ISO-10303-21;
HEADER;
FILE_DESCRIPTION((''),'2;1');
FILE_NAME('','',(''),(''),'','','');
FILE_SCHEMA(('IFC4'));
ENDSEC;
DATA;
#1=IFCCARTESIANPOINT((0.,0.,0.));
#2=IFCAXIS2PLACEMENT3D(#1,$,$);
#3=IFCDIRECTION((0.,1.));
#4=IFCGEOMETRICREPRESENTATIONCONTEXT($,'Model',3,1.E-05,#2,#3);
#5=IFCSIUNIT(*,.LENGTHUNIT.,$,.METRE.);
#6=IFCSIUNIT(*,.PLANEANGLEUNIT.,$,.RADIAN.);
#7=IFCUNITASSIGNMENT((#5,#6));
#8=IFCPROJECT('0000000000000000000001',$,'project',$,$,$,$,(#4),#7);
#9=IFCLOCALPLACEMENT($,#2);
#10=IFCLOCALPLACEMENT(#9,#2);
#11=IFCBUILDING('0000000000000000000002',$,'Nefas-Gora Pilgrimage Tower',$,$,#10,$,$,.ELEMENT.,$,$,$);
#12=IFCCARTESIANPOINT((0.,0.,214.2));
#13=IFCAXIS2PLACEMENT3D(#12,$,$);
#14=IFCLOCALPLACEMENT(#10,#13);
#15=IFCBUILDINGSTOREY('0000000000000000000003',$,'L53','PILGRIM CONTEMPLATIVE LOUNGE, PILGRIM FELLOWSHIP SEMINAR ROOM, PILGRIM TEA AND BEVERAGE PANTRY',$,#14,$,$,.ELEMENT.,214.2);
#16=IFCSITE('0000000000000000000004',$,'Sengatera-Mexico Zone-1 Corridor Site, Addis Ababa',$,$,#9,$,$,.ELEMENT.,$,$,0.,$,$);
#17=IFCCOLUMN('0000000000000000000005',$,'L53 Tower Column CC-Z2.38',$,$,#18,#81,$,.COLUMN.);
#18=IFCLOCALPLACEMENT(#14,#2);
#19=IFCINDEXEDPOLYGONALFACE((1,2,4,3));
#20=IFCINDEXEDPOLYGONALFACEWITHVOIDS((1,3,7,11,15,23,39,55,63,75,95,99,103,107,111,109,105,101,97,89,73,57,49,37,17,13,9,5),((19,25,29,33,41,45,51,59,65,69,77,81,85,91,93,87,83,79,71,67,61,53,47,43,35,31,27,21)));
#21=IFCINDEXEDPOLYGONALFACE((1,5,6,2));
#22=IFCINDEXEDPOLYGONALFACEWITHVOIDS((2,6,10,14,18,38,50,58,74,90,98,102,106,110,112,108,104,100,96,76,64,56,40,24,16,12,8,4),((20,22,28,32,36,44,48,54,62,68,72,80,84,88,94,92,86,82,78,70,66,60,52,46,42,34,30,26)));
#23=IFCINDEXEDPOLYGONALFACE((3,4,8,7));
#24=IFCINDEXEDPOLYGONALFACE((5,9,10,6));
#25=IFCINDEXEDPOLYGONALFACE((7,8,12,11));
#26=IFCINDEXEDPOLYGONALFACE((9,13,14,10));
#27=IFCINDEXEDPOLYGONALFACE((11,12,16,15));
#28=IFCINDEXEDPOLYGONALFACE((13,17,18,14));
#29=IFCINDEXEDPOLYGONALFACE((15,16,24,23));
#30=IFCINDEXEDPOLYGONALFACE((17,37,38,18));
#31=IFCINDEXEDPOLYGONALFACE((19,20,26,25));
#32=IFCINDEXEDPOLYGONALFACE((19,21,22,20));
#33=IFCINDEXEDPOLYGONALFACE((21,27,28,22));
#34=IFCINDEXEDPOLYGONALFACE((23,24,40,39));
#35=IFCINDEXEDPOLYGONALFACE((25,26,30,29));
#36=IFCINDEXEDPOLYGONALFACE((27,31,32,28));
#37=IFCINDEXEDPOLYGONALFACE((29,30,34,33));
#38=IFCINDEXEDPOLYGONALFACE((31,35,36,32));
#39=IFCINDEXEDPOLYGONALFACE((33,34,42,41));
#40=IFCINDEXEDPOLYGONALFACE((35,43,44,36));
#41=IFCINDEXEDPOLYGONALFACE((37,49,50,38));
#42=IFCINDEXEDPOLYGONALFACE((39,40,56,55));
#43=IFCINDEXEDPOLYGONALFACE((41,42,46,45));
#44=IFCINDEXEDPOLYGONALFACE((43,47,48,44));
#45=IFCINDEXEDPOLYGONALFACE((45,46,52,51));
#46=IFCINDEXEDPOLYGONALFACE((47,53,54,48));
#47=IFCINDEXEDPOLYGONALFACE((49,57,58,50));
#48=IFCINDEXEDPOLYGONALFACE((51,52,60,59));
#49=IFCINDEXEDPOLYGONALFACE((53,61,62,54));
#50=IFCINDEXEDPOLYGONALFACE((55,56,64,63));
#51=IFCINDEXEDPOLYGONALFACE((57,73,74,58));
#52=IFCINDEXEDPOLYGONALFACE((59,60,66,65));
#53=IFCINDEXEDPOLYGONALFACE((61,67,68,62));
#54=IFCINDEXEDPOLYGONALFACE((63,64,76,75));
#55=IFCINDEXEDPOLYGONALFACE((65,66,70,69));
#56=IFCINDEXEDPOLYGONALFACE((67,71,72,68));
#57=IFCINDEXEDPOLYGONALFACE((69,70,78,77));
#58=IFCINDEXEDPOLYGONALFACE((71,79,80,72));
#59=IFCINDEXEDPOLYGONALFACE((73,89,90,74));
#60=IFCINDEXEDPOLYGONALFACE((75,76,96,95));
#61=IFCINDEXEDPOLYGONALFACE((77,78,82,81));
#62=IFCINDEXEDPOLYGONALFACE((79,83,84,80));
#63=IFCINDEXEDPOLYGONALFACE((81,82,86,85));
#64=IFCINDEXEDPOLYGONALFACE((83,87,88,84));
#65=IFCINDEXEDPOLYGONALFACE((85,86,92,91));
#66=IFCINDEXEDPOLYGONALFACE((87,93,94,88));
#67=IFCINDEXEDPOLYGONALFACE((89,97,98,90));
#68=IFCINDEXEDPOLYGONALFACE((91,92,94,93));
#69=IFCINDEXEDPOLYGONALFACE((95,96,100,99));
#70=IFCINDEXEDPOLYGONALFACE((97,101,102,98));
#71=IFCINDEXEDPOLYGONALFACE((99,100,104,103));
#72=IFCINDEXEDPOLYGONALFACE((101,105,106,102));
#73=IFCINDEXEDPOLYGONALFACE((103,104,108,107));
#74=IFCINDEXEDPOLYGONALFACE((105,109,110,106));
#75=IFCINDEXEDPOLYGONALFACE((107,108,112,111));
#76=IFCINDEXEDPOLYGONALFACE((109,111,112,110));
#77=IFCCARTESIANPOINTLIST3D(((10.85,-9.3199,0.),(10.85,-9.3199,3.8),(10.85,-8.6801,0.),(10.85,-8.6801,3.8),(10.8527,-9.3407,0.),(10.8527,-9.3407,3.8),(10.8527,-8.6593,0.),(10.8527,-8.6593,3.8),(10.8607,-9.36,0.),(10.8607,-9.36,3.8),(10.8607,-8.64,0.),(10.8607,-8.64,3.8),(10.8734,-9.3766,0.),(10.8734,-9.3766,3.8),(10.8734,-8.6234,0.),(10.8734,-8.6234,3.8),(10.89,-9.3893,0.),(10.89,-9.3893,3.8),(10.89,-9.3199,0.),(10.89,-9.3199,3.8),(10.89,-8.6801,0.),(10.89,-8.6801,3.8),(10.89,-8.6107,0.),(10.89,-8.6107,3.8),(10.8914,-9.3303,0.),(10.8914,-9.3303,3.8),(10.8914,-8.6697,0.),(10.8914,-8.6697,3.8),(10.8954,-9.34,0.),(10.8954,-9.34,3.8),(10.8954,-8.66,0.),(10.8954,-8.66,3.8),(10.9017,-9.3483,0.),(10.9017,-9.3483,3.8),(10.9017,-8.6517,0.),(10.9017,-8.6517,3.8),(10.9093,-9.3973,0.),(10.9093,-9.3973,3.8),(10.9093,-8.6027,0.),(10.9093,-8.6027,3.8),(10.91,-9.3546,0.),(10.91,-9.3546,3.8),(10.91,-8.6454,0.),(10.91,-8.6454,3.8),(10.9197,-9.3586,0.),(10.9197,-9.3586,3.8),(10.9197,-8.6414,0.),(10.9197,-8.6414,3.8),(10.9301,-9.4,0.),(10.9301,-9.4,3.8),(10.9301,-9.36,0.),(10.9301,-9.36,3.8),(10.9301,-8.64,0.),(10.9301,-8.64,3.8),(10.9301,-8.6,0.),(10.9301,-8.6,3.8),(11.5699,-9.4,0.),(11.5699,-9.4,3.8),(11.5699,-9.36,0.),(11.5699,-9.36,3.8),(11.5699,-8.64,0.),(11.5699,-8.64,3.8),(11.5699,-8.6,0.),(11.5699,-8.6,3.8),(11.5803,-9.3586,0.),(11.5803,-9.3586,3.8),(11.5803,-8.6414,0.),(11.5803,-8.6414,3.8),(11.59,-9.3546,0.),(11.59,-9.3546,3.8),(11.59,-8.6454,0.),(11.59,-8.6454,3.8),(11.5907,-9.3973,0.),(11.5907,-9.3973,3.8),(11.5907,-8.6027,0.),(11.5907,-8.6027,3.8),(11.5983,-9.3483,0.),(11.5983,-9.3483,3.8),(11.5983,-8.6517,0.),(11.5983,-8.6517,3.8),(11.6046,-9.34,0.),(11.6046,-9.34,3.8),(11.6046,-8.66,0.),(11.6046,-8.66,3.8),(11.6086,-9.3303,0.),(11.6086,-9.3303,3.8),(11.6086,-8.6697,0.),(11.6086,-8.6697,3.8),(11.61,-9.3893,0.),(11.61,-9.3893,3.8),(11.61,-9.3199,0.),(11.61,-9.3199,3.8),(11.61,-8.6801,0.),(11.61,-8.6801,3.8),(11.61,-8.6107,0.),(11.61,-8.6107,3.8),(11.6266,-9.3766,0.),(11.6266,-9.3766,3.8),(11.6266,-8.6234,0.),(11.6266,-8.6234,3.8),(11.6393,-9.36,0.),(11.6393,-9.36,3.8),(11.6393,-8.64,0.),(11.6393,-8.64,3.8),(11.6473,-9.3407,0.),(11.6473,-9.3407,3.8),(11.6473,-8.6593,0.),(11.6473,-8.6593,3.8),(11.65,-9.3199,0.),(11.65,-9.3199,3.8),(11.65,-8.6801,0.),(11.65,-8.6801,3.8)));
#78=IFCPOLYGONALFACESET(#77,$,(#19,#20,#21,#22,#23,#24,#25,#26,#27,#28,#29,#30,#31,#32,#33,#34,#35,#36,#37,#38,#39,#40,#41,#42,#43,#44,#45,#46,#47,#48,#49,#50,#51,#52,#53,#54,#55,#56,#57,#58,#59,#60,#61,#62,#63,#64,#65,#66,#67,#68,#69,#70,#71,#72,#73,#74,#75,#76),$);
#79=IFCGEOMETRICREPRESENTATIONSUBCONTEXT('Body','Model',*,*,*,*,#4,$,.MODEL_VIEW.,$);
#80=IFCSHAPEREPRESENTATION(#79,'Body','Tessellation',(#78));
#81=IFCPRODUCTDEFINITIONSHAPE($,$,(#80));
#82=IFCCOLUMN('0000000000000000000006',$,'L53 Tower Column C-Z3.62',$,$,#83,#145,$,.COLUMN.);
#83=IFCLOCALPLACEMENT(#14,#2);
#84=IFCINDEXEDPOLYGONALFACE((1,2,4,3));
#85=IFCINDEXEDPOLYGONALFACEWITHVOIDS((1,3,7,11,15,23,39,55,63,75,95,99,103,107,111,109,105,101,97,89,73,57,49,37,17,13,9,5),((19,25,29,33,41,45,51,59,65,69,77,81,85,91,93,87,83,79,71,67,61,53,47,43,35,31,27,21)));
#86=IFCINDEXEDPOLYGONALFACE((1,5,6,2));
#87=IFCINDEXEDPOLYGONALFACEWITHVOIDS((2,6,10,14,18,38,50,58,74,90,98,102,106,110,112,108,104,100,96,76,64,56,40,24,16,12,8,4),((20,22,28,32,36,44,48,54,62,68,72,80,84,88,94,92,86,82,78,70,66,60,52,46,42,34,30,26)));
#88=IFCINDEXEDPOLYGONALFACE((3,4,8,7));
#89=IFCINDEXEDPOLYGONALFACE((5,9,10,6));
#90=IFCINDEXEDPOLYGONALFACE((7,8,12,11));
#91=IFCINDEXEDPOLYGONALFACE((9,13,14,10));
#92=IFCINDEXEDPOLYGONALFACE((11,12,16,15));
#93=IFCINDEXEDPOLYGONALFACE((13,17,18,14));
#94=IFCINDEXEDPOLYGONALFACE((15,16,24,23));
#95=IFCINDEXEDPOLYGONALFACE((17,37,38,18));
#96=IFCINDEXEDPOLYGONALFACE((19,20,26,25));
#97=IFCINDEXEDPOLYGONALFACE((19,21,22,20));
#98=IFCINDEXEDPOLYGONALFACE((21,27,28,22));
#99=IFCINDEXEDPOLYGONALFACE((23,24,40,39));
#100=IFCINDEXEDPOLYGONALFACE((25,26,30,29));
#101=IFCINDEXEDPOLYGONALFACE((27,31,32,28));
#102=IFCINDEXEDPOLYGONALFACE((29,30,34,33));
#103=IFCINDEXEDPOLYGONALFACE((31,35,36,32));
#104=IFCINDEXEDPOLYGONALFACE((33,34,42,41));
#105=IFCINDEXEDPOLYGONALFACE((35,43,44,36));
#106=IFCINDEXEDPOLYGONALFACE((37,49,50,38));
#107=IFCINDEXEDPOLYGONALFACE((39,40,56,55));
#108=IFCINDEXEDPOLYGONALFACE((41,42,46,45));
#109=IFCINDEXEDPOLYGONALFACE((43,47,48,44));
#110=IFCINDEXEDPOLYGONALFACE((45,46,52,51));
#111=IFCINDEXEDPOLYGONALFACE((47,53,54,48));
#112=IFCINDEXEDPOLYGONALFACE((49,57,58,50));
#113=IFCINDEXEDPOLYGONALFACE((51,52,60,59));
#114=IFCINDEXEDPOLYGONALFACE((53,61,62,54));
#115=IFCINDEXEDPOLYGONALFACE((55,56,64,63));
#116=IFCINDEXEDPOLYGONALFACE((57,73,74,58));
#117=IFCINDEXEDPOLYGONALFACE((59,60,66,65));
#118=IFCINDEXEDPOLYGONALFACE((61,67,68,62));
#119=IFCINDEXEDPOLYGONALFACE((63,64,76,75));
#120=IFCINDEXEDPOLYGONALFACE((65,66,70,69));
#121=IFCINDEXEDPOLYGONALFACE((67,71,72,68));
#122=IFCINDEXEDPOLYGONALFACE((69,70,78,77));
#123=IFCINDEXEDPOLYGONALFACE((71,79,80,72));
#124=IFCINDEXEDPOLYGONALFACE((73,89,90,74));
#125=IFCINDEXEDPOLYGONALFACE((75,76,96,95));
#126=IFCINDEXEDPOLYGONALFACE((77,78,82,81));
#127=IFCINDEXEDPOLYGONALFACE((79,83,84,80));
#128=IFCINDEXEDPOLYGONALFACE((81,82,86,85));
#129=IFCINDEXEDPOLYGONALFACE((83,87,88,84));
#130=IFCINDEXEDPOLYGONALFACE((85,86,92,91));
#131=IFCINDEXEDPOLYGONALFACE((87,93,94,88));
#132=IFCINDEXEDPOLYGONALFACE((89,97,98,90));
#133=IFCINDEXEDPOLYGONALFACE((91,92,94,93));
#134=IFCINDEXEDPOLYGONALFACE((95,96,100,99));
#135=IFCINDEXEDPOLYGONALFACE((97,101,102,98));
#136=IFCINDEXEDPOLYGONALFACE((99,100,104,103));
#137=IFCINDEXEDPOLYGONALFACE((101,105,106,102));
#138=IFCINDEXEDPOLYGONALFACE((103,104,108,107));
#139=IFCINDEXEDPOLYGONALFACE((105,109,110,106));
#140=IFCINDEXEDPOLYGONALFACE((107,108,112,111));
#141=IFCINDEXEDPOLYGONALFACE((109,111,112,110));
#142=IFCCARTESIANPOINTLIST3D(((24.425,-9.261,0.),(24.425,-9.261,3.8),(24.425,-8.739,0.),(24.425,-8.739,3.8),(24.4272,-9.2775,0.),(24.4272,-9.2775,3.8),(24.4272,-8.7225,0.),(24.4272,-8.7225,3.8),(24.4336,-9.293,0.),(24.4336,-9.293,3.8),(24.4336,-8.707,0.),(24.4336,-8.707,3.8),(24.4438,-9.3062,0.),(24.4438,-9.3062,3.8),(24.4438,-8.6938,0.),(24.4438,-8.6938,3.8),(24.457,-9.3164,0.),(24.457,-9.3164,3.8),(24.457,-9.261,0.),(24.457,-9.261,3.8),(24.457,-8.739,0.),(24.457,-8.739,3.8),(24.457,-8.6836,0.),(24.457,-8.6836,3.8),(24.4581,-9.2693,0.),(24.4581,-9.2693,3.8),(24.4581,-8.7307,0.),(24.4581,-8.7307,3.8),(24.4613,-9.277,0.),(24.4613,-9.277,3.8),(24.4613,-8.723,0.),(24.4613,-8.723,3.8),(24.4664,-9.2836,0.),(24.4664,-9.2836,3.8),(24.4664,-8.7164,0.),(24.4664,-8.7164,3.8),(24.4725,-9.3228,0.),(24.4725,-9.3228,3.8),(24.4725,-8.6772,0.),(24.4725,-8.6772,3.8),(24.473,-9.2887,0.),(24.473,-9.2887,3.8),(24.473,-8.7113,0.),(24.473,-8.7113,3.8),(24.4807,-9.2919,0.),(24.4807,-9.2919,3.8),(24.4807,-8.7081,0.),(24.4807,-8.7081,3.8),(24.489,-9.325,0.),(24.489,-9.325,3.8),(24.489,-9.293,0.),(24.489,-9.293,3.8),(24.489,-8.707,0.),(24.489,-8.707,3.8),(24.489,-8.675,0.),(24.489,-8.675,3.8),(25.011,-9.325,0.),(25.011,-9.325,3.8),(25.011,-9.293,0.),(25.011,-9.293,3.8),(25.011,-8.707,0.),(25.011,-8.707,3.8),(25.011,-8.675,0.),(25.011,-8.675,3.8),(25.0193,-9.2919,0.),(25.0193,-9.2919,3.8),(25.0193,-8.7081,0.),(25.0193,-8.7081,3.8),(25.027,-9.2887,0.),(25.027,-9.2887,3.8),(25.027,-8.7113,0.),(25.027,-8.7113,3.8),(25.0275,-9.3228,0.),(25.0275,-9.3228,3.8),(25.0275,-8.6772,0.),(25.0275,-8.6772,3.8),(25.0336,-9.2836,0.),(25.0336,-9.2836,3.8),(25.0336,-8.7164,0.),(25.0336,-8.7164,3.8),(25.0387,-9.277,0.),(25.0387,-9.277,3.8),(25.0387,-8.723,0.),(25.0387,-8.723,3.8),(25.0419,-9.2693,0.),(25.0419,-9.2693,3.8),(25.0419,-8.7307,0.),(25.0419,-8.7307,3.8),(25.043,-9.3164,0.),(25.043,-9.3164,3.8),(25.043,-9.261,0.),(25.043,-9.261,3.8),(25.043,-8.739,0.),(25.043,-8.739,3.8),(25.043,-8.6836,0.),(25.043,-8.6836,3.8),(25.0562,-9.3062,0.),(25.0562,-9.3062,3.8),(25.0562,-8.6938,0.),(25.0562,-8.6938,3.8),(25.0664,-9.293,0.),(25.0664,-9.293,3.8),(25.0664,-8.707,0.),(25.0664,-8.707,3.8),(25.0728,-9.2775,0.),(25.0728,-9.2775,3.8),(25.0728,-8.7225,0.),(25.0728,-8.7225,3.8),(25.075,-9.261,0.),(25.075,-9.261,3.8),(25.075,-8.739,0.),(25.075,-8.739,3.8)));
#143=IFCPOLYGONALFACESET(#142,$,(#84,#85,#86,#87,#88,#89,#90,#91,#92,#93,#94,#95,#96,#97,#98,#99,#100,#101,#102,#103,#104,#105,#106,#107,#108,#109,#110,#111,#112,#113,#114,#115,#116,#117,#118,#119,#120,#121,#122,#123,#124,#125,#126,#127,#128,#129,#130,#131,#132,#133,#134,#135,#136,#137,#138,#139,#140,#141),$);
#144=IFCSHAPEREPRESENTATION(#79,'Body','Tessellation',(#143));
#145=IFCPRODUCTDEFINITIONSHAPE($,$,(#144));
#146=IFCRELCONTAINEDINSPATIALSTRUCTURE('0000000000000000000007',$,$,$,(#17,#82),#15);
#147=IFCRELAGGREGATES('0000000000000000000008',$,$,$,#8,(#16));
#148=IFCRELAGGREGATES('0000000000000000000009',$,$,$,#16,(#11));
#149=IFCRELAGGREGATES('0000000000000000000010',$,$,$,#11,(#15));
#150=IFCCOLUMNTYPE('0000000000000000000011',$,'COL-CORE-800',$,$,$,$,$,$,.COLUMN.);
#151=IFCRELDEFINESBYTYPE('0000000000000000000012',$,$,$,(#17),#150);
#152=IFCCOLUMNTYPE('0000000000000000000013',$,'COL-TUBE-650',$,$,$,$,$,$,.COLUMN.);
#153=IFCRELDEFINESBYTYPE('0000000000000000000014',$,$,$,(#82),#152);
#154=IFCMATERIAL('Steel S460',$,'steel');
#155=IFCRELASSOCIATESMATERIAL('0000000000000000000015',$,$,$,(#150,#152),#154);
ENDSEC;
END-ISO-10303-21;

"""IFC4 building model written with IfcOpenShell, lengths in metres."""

from ifc_helpers import new_model, si_unit, direction, frame, origin, origin_2d, place, context, subcontext, project, spatial, hollow_rectangle, extrude, source, transform, mapped, material, material_profile, profile_set, type_object, element, save


model = new_model("IFC4")

# Units and contexts
model_context = context("Model", 3, precision=1e-05, world=origin(), true_north=direction((0.0, 1.0)))
body_context = subcontext(model_context, "Body", "Model", "MODEL_VIEW")
ifc_project = project(units=[si_unit("LENGTHUNIT", "METRE"), si_unit("PLANEANGLEUNIT", "RADIAN")], contexts=[model_context])

# Site, building, storey
site_placement = place(None, origin())
site = spatial("IfcSite", under=ifc_project, at=site_placement, Name="Sengatera-Mexico Zone-1 Corridor Site, Addis Ababa", CompositionType="ELEMENT", RefElevation=0.0)
building_placement = place(site_placement, origin())
building = spatial("IfcBuilding", under=site, at=building_placement, Name="Nefas-Gora Pilgrimage Tower", CompositionType="ELEMENT")
storey_placement = place(building_placement, frame((0.0, 0.0, 214.2)))
storey = spatial("IfcBuildingStorey", under=building, at=storey_placement, Name="L53", Description="PILGRIM CONTEMPLATIVE LOUNGE, PILGRIM FELLOWSHIP SEMINAR ROOM, PILGRIM TEA AND BEVERAGE PANTRY", CompositionType="ELEMENT", Elevation=214.2)

# Columns
ifc_material_1 = material(Name="Steel S460", Category="steel")
ifc_material_profile_1 = material_profile(ifc_material_1, hollow_rectangle(XDim=0.8, YDim=0.8, WallThickness=0.04, InnerFilletRadius=0.04, OuterFilletRadius=0.0801, at=origin_2d()), Name="BOX 800x800x40")
ifc_profile_set_1 = profile_set([ifc_material_profile_1], Name="Steel S460")
column_type_1 = type_object("IfcColumnType", Name="COL-CORE-800", PredefinedType="COLUMN", material=ifc_profile_set_1)
shared_shape_1 = source(origin(), body_context, "Body", "SweptSolid", [
    extrude(hollow_rectangle(XDim=0.8, YDim=0.8, WallThickness=0.04, InnerFilletRadius=0.04, OuterFilletRadius=0.0801, at=origin_2d()), origin(), (0.0, 0.0, 1.0), 3.8),
])
column_placement = place(storey_placement, frame((11.25, -9.0, 0.0), z_axis=(0.0, 0.0, 1.0), x_axis=(1.0, 0.0, 0.0)))
element("IfcColumn", 1, at=column_placement, inside=storey, type_object=column_type_1, Name="L53 Tower Column CC-Z2.38", PredefinedType="COLUMN", context=body_context, shape_type="MappedRepresentation", body=[
    mapped(shared_shape_1, transform((0.0, 0.0, 0.0), x_axis=(1.0, 0.0, 0.0), y_axis=(0.0, 1.0, 0.0), z_axis=(0.0, 0.0, 1.0), scale=1.0)),
])
ifc_material_profile_2 = material_profile(ifc_material_1, hollow_rectangle(XDim=0.6499, YDim=0.6499, WallThickness=0.032, InnerFilletRadius=0.032, OuterFilletRadius=0.064, at=origin_2d()), Name="BOX 650x650x32")
ifc_profile_set_2 = profile_set([ifc_material_profile_2], Name="Steel S460")
column_type_2 = type_object("IfcColumnType", Name="COL-TUBE-650", PredefinedType="COLUMN", material=ifc_profile_set_2)
shared_shape_2 = source(origin(), body_context, "Body", "SweptSolid", [
    extrude(hollow_rectangle(XDim=0.6499, YDim=0.6499, WallThickness=0.032, InnerFilletRadius=0.032, OuterFilletRadius=0.064, at=origin_2d()), origin(), (0.0, 0.0, 1.0), 3.8),
])
for number, where, z_axis, x_axis, name in (
    (2, (24.75, -9.0, 0.0), (0.0, 0.0, 1.0), (1.0, 0.0, 0.0), "L53 Tower Column C-Z3.62"),
):
    element("IfcColumn", number, at=place(storey_placement, frame(where, z_axis=z_axis, x_axis=x_axis)), inside=storey, type_object=column_type_2, Name=name, PredefinedType="COLUMN", context=body_context, shape_type="MappedRepresentation", body=[
        mapped(shared_shape_2, transform((0.0, 0.0, 0.0), x_axis=(1.0, 0.0, 0.0), y_axis=(0.0, 1.0, 0.0), z_axis=(0.0, 0.0, 1.0), scale=1.0)),
    ])

save(model, "model.ifc")
